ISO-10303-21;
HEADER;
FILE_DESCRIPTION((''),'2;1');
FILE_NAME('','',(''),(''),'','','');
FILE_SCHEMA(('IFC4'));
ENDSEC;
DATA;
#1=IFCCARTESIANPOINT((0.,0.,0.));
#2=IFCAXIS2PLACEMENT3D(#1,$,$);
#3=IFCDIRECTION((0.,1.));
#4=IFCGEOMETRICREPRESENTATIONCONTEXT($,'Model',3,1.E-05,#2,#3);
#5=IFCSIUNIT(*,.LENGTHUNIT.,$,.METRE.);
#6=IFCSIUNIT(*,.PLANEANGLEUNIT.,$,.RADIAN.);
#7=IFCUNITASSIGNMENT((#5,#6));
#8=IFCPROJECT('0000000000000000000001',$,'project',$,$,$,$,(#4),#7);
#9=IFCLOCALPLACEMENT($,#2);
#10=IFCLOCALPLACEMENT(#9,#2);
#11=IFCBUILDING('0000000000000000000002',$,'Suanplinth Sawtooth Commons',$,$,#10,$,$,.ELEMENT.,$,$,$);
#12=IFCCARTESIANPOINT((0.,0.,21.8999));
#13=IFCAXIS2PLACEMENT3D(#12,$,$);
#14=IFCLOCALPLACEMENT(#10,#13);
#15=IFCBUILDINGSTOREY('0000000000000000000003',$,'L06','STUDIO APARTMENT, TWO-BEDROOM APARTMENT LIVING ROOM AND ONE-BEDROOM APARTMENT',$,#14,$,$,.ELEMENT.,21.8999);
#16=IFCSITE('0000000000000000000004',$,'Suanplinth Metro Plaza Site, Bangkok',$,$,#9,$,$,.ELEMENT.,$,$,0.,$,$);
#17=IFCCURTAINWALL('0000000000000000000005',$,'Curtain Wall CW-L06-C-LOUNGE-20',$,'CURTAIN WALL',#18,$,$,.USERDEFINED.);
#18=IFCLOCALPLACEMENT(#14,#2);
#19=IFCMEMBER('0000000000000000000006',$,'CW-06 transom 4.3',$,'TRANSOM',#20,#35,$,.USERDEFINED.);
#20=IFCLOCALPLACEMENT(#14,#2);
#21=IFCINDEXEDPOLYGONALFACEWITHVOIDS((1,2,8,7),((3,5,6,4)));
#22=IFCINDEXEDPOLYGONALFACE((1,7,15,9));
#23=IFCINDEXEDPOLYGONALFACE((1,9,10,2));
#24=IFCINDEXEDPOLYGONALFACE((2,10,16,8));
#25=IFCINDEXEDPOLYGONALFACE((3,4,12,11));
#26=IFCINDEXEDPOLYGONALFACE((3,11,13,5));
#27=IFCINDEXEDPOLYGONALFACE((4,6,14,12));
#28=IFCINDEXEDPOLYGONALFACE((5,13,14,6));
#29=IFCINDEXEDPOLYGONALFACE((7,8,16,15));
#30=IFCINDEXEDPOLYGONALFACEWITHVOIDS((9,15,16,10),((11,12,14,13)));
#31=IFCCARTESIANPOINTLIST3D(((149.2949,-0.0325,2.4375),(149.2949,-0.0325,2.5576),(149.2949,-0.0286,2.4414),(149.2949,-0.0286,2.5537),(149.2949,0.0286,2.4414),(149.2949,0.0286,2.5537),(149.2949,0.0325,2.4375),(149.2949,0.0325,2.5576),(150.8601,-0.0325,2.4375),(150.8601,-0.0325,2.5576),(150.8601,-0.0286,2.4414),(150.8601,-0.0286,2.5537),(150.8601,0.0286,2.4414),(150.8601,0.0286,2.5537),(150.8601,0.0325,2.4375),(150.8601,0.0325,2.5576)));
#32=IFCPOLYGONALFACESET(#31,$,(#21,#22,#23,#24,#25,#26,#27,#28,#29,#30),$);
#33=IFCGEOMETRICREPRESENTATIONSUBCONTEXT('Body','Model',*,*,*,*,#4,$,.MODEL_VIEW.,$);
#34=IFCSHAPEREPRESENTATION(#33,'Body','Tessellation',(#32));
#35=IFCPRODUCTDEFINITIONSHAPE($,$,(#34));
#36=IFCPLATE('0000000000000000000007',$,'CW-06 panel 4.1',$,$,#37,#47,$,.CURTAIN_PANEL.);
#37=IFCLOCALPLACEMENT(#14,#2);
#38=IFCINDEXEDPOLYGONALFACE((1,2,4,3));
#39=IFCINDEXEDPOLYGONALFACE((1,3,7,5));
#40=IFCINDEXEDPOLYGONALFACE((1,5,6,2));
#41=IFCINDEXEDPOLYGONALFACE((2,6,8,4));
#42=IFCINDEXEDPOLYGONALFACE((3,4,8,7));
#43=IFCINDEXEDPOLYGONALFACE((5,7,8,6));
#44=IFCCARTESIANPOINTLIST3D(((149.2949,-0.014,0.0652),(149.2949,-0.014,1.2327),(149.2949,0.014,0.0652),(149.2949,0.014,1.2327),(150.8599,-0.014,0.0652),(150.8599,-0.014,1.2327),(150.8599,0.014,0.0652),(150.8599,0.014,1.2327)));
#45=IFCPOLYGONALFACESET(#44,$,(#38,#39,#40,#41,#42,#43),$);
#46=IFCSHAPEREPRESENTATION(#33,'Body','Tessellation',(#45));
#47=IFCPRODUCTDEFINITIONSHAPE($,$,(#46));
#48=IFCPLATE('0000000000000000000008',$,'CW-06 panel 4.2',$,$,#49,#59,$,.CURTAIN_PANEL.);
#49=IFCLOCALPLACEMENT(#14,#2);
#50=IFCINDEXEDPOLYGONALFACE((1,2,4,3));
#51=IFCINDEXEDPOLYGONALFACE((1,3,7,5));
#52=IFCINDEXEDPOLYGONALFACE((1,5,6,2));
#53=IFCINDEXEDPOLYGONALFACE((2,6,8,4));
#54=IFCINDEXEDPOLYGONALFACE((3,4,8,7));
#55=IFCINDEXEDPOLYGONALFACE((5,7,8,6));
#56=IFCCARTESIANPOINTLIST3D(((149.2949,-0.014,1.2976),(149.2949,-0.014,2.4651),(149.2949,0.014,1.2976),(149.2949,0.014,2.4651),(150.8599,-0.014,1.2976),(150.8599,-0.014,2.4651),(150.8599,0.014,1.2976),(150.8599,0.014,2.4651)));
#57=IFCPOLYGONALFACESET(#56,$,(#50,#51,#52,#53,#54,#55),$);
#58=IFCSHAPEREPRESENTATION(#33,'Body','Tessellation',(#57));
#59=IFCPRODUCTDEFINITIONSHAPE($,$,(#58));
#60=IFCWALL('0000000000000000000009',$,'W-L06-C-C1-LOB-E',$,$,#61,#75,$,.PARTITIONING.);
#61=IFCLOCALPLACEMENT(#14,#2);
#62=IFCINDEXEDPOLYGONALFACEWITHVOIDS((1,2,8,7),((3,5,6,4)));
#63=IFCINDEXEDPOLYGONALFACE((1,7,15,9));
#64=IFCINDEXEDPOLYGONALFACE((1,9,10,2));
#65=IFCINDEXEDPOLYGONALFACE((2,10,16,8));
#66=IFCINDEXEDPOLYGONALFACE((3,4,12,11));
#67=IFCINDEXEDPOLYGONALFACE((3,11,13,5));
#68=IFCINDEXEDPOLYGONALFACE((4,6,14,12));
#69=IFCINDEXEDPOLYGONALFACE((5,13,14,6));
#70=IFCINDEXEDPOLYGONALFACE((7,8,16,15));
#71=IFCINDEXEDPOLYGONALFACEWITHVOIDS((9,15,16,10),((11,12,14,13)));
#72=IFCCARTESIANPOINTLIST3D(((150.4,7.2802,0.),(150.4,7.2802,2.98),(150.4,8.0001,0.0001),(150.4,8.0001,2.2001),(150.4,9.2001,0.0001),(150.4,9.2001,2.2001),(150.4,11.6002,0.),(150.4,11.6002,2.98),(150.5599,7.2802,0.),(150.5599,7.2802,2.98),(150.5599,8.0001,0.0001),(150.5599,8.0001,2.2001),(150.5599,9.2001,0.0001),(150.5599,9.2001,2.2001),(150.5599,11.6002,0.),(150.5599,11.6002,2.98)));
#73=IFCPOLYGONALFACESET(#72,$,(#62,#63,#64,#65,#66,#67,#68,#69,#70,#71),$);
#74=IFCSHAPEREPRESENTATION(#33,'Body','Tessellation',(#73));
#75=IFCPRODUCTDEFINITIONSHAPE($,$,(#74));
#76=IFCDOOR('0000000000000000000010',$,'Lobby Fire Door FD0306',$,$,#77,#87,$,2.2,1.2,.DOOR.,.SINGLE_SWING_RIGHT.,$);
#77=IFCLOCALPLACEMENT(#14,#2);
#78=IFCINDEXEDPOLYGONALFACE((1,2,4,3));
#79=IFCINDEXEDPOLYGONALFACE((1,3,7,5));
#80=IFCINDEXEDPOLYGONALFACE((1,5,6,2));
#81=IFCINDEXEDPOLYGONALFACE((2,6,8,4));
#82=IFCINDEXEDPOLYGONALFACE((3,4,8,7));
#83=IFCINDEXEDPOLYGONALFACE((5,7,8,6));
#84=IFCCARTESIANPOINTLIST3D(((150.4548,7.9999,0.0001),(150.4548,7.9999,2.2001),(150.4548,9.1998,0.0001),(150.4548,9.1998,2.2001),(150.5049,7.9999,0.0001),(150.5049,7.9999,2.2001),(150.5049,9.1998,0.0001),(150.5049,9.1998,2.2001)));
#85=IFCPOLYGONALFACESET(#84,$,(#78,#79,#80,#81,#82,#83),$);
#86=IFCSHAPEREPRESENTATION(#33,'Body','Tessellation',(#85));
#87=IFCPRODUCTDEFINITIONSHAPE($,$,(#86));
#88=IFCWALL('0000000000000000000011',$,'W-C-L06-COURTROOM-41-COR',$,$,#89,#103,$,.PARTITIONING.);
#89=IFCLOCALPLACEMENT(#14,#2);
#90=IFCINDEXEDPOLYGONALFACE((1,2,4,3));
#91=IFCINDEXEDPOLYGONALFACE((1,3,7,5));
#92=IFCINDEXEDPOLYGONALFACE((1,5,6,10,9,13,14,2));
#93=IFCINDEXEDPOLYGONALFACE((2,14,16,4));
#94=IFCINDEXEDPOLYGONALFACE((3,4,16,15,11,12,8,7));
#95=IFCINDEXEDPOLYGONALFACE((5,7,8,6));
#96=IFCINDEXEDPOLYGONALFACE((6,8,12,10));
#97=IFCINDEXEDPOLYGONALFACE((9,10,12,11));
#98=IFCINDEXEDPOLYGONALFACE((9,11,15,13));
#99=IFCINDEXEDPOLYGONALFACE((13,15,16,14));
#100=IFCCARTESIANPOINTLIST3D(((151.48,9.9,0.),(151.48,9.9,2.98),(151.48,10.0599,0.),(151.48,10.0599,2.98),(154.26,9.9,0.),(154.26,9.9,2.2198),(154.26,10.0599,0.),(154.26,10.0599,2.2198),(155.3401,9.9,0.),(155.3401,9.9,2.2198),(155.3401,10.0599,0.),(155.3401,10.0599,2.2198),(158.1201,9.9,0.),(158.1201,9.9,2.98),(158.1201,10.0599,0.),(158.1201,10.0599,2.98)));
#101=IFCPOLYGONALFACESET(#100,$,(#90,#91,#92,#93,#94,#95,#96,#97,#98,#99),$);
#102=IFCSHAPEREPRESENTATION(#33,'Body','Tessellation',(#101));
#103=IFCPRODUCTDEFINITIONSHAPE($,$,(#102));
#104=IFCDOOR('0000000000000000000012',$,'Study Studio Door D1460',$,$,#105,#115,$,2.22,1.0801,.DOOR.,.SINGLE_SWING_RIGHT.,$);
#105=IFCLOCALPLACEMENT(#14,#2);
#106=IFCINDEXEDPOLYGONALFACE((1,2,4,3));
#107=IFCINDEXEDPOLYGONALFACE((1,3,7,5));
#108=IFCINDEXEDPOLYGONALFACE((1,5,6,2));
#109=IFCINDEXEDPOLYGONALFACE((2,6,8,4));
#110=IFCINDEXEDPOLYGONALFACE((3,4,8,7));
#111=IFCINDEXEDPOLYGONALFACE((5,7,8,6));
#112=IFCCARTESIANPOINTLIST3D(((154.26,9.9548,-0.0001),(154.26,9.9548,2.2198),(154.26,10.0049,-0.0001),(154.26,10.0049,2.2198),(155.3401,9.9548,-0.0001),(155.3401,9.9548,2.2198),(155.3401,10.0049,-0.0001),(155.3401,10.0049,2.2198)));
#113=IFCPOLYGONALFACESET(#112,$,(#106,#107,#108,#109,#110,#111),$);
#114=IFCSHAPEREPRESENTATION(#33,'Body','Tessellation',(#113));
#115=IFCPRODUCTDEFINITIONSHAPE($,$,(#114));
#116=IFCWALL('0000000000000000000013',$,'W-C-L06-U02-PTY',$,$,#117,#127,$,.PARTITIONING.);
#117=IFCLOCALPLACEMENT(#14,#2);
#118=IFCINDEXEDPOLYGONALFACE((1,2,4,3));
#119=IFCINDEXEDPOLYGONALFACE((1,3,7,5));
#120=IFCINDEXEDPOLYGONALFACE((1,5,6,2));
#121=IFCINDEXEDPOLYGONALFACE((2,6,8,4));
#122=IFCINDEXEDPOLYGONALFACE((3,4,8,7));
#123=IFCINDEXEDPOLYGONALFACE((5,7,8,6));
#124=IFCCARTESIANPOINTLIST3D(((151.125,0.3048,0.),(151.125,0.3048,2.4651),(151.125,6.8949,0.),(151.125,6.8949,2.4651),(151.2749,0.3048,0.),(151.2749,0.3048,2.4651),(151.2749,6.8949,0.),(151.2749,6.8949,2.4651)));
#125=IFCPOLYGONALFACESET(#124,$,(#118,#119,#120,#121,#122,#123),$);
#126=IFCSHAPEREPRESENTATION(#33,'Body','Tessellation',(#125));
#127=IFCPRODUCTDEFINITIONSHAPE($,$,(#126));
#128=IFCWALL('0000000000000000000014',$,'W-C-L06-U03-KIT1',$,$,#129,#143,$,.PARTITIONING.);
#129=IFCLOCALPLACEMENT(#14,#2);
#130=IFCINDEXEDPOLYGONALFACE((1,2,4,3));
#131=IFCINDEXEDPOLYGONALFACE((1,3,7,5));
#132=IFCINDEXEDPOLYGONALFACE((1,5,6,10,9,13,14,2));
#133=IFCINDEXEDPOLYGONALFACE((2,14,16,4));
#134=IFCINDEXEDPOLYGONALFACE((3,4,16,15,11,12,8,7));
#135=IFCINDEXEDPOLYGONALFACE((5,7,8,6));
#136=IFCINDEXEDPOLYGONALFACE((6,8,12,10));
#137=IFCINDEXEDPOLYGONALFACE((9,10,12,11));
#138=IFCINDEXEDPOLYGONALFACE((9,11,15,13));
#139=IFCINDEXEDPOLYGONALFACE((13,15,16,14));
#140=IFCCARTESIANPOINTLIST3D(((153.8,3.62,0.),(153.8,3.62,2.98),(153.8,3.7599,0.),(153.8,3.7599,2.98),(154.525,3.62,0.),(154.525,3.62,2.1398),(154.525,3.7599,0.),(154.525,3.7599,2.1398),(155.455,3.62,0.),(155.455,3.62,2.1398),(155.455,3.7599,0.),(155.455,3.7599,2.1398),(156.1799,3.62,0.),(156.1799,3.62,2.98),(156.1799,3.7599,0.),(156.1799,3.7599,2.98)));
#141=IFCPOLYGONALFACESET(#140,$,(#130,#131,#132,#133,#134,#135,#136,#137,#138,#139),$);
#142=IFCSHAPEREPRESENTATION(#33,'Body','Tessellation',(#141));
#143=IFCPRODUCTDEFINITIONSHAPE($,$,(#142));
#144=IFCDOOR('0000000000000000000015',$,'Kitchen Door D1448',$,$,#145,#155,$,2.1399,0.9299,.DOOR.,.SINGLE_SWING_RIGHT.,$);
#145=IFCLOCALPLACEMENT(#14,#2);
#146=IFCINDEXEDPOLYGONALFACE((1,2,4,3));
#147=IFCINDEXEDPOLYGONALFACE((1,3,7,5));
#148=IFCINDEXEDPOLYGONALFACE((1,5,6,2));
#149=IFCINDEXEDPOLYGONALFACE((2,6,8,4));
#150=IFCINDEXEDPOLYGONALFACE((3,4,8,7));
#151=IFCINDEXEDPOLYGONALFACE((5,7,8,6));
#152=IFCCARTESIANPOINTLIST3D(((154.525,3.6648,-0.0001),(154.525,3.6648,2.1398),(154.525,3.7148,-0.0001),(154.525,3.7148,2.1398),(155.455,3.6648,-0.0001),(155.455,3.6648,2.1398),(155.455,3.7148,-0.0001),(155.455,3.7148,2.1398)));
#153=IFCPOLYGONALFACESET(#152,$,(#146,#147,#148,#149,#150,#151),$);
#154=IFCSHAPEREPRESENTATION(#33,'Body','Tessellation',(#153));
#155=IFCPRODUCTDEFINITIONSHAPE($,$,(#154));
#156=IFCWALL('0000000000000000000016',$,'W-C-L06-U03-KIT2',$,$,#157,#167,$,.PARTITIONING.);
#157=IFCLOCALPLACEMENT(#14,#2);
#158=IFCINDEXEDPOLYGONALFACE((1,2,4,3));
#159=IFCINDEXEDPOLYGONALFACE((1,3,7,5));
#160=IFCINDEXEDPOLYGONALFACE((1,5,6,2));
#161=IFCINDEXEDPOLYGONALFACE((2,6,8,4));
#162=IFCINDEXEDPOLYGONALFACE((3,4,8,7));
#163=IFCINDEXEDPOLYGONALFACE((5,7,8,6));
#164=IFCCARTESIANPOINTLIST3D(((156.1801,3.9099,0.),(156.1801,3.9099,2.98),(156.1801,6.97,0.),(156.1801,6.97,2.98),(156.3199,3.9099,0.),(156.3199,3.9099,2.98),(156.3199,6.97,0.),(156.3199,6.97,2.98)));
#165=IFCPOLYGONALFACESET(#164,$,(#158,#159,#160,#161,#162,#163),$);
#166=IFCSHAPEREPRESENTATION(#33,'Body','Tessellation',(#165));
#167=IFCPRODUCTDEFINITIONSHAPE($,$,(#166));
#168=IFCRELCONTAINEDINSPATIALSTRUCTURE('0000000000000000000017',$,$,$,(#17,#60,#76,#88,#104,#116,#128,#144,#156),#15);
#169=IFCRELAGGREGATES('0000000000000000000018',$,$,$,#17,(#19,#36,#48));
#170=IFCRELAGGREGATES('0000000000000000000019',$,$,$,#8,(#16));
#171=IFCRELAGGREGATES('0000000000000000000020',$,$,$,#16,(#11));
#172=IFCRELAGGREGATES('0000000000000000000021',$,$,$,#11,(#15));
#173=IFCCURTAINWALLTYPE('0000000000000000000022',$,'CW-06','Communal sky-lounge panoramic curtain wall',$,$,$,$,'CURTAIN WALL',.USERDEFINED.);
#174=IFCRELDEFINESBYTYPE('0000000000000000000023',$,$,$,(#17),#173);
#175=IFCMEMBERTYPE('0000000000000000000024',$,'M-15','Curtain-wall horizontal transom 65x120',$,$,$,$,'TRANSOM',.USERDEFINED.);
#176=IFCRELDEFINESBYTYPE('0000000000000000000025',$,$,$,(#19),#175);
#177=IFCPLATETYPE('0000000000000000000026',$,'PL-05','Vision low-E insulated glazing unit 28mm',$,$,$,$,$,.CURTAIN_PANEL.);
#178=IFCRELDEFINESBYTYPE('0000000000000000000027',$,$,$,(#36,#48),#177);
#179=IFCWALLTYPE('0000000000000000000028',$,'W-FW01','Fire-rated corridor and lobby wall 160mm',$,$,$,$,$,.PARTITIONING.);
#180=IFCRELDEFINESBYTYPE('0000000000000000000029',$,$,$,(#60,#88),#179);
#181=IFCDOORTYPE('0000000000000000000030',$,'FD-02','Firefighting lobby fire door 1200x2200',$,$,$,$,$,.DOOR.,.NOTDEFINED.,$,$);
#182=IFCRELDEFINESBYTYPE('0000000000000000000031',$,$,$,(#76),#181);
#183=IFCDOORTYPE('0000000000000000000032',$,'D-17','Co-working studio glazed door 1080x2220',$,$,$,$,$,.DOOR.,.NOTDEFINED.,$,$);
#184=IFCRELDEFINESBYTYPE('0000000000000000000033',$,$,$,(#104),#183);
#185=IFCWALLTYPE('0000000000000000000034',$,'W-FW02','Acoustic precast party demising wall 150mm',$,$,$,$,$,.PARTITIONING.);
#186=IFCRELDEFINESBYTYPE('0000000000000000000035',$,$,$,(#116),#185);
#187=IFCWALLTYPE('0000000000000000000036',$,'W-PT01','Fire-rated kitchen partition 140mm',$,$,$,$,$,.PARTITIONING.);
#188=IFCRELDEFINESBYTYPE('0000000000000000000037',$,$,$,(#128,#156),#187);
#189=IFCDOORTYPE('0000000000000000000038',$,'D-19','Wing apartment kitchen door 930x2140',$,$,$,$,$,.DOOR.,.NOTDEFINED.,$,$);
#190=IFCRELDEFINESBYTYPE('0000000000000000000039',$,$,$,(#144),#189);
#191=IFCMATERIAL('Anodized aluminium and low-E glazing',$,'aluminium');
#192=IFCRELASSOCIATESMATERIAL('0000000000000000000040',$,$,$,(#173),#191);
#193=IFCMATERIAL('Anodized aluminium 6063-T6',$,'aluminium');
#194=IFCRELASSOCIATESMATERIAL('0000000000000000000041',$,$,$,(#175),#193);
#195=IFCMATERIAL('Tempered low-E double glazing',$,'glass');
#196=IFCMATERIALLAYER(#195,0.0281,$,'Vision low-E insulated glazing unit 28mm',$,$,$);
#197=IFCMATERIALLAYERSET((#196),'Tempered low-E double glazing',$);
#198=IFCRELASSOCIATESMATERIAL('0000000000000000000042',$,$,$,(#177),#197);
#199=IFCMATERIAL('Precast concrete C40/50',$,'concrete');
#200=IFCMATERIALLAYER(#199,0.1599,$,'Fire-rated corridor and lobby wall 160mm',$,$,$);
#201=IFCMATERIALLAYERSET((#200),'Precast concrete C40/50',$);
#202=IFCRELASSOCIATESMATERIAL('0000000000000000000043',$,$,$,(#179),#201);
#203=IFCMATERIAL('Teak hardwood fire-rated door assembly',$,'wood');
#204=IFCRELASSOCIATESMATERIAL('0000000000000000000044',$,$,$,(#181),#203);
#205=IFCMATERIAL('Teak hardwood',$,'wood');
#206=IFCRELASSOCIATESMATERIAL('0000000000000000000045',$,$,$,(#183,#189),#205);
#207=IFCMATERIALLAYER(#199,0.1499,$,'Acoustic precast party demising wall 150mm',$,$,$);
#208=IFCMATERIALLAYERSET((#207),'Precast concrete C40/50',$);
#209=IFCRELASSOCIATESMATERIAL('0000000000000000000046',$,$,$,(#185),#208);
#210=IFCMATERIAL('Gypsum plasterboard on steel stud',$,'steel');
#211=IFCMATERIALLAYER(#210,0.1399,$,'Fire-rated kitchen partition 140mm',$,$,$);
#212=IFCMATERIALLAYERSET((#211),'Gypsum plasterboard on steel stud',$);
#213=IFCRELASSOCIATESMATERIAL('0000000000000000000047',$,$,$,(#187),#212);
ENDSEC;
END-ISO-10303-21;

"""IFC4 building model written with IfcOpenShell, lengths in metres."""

from ifc_helpers import new_model, si_unit, direction, frame, frame_2d, origin, origin_2d, place, context, subcontext, project, spatial, rectangle, hollow_rectangle, extrude, material, layer, layer_set, material_profile, profile_set, type_object, element, fill, aggregate, save


model = new_model("IFC4")

# Units and contexts
model_context = context("Model", 3, precision=1e-05, world=origin(), true_north=direction((0.0, 1.0)))
body_context = subcontext(model_context, "Body", "Model", "MODEL_VIEW")
ifc_project = project(units=[si_unit("LENGTHUNIT", "METRE"), si_unit("PLANEANGLEUNIT", "RADIAN")], contexts=[model_context])

# Site, building, storey
site_placement = place(None, origin())
site = spatial("IfcSite", under=ifc_project, at=site_placement, Name="Suanplinth Metro Plaza Site, Bangkok", CompositionType="ELEMENT", RefElevation=0.0)
building_placement = place(site_placement, origin())
building = spatial("IfcBuilding", under=site, at=building_placement, Name="Suanplinth Sawtooth Commons", CompositionType="ELEMENT")
storey_placement = place(building_placement, frame((0.0, 0.0, 21.8999)))
storey = spatial("IfcBuildingStorey", under=building, at=storey_placement, Name="L06", Description="STUDIO APARTMENT, TWO-BEDROOM APARTMENT LIVING ROOM AND ONE-BEDROOM APARTMENT", CompositionType="ELEMENT", Elevation=21.8999)

# Shared definitions
ifc_material_1 = material(Name="Precast concrete C40/50", Category="concrete")

# Curtain wall, member, plates
ifc_material_2 = material(Name="Anodized aluminium and low-E glazing", Category="aluminium")
curtain_wall_type = type_object("IfcCurtainWallType", Name="CW-06", Description="Communal sky-lounge panoramic curtain wall", ElementType="CURTAIN WALL", PredefinedType="USERDEFINED", material=ifc_material_2)
curtain_wall_placement = place(storey_placement, origin())
curtain_wall = element("IfcCurtainWall", 1, at=curtain_wall_placement, inside=storey, type_object=curtain_wall_type, Name="Curtain Wall CW-L06-C-LOUNGE-20", ObjectType="CURTAIN WALL", PredefinedType="USERDEFINED")
ifc_material_3 = material(Name="Anodized aluminium 6063-T6", Category="aluminium")
ifc_material_profile_1 = material_profile(ifc_material_3, hollow_rectangle(XDim=0.0649, YDim=0.1201, WallThickness=0.0039, at=origin_2d()), Name="ALU-TRN 65x120")
ifc_profile_set_1 = profile_set([ifc_material_profile_1], Name="Anodized aluminium 6063-T6")
member_type_1 = type_object("IfcMemberType", Name="M-15", Description="Curtain-wall horizontal transom 65x120", ElementType="TRANSOM", PredefinedType="USERDEFINED", material=ifc_profile_set_1)
member_1_placement = place(storey_placement, frame((149.2949, 0.0, 2.4976), z_axis=(1.0, 0.0, 0.0), x_axis=(0.0, 1.0, 0.0)))
member_1 = element("IfcMember", 2, at=member_1_placement, type_object=member_type_1, Name="CW-06 transom 4.3", ObjectType="TRANSOM", PredefinedType="USERDEFINED", context=body_context, shape_type="SweptSolid", body=[
    extrude(hollow_rectangle(XDim=0.0649, YDim=0.1201, WallThickness=0.0039, at=origin_2d()), origin(), (0.0, 0.0, 1.0), 1.5652),
])
ifc_material_4 = material(Name="Tempered low-E double glazing", Category="glass")
ifc_layer_1 = layer(ifc_material_4, 0.0281, Name="Vision low-E insulated glazing unit 28mm")
ifc_layer_set_1 = layer_set([ifc_layer_1], Name="Tempered low-E double glazing")
plate_type = type_object("IfcPlateType", Name="PL-05", Description="Vision low-E insulated glazing unit 28mm", PredefinedType="CURTAIN_PANEL", material=ifc_layer_set_1)
plate_1_placement = place(storey_placement, frame((150.0774, 0.0, 0.0652), z_axis=(0.0, 0.0, 1.0), x_axis=(1.0, 0.0, 0.0)))
plate_1 = element("IfcPlate", 3, at=plate_1_placement, type_object=plate_type, Name="CW-06 panel 4.1", PredefinedType="CURTAIN_PANEL", context=body_context, shape_type="SweptSolid", body=[
    extrude(rectangle(XDim=1.5649, YDim=0.0281, at=origin_2d()), origin(), (0.0, 0.0, 1.0), 1.1675),
])
plate_2_placement = place(storey_placement, frame((150.0774, 0.0, 1.2976), z_axis=(0.0, 0.0, 1.0), x_axis=(1.0, 0.0, 0.0)))
plate_2 = element("IfcPlate", 4, at=plate_2_placement, type_object=plate_type, Name="CW-06 panel 4.2", PredefinedType="CURTAIN_PANEL", context=body_context, shape_type="SweptSolid", body=[
    extrude(rectangle(XDim=1.5649, YDim=0.0281, at=origin_2d()), origin(), (0.0, 0.0, 1.0), 1.1675),
])
aggregate(curtain_wall, [member_1, plate_1, plate_2])

# Walls, openings, doors
ifc_layer_2 = layer(ifc_material_1, 0.1599, Name="Fire-rated corridor and lobby wall 160mm")
ifc_layer_set_2 = layer_set([ifc_layer_2], Name="Precast concrete C40/50")
wall_type_1 = type_object("IfcWallType", Name="W-FW01", Description="Fire-rated corridor and lobby wall 160mm", PredefinedType="PARTITIONING", material=ifc_layer_set_2)
wall_1_placement = place(storey_placement, frame((150.48, 7.28, 0.0), z_axis=(0.0, 0.0, 1.0), x_axis=(0.0, 1.0, 0.0)))
wall_1 = element("IfcWall", 5, at=wall_1_placement, inside=storey, type_object=wall_type_1, Name="W-L06-C-C1-LOB-E", PredefinedType="PARTITIONING", context=body_context, shape_type="SweptSolid", body=[
    extrude(rectangle(XDim=4.3201, YDim=0.1599, at=frame_2d((2.1602, 0.0))), origin(), (0.0, 0.0, 1.0), 2.98),
])
opening_1_placement = place(wall_1_placement, frame((0.72, 0.0, 0.0)))
opening_1 = element("IfcOpeningElement", 6, at=opening_1_placement, cuts=wall_1, PredefinedType="OPENING", context=body_context, shape_type="SweptSolid", body=[
    extrude(rectangle(XDim=1.2, YDim=2.2, at=frame_2d((0.6001, 1.1001))), frame((0.0, 0.0947, 0.0), z_axis=(0.0, -1.0, 0.0), x_axis=(1.0, 0.0, 0.0)), (0.0, 0.0, 1.0), 0.1897),
])
ifc_material_5 = material(Name="Teak hardwood fire-rated door assembly", Category="wood")
door_type_1 = type_object("IfcDoorType", Name="FD-02", Description="Firefighting lobby fire door 1200x2200", OperationType="NOTDEFINED", PredefinedType="DOOR", material=ifc_material_5)
door_1_placement = place(opening_1_placement, frame((1.2, 0.0, 0.0), z_axis=(0.0, 0.0, 1.0), x_axis=(-1.0, 0.0, 0.0)))
door_1 = element("IfcDoor", 7, at=door_1_placement, inside=storey, type_object=door_type_1, Name="Lobby Fire Door FD0306", OperationType="SINGLE_SWING_RIGHT", OverallHeight=2.2, OverallWidth=1.2, PredefinedType="DOOR", context=body_context, shape_type="SweptSolid", body=[
    extrude(rectangle(XDim=1.2, YDim=2.2, at=frame_2d((0.6001, 1.1001))), frame((0.0, 0.0249, 0.0), z_axis=(0.0, -1.0, 0.0), x_axis=(1.0, 0.0, 0.0)), (0.0, 0.0, 1.0), 0.05),
])
fill(opening_1, door_1)
wall_2_placement = place(storey_placement, frame((151.48, 9.98, 0.0), z_axis=(0.0, 0.0, 1.0), x_axis=(1.0, 0.0, 0.0)))
wall_2 = element("IfcWall", 8, at=wall_2_placement, inside=storey, type_object=wall_type_1, Name="W-C-L06-COURTROOM-41-COR", PredefinedType="PARTITIONING", context=body_context, shape_type="SweptSolid", body=[
    extrude(rectangle(XDim=6.6401, YDim=0.1599, at=frame_2d((3.3201, 0.0))), origin(), (0.0, 0.0, 1.0), 2.98),
])
opening_2_placement = place(wall_2_placement, frame((2.78, 0.0, 0.0)))
opening_2 = element("IfcOpeningElement", 9, at=opening_2_placement, cuts=wall_2, PredefinedType="OPENING", context=body_context, shape_type="SweptSolid", body=[
    extrude(rectangle(XDim=1.0801, YDim=2.22, at=frame_2d((0.54, 1.1099))), frame((0.0, 0.0947, 0.0), z_axis=(0.0, -1.0, 0.0), x_axis=(1.0, 0.0, 0.0)), (0.0, 0.0, 1.0), 0.1897),
])
ifc_material_6 = material(Name="Teak hardwood", Category="wood")
door_type_2 = type_object("IfcDoorType", Name="D-17", Description="Co-working studio glazed door 1080x2220", OperationType="NOTDEFINED", PredefinedType="DOOR", material=ifc_material_6)
door_2_placement = place(opening_2_placement, origin())
door_2 = element("IfcDoor", 10, at=door_2_placement, inside=storey, type_object=door_type_2, Name="Study Studio Door D1460", OperationType="SINGLE_SWING_RIGHT", OverallHeight=2.22, OverallWidth=1.0801, PredefinedType="DOOR", context=body_context, shape_type="SweptSolid", body=[
    extrude(rectangle(XDim=1.0801, YDim=2.22, at=frame_2d((0.54, 1.1099))), frame((0.0, 0.0249, 0.0), z_axis=(0.0, -1.0, 0.0), x_axis=(1.0, 0.0, 0.0)), (0.0, 0.0, 1.0), 0.05),
])
fill(opening_2, door_2)

# Wall
ifc_layer_3 = layer(ifc_material_1, 0.1499, Name="Acoustic precast party demising wall 150mm")
ifc_layer_set_3 = layer_set([ifc_layer_3], Name="Precast concrete C40/50")
wall_type_2 = type_object("IfcWallType", Name="W-FW02", Description="Acoustic precast party demising wall 150mm", PredefinedType="PARTITIONING", material=ifc_layer_set_3)
wall_3_placement = place(storey_placement, frame((151.2, 0.3049, 0.0), z_axis=(0.0, 0.0, 1.0), x_axis=(0.0, 1.0, 0.0)))
element("IfcWall", 11, at=wall_3_placement, inside=storey, type_object=wall_type_2, Name="W-C-L06-U02-PTY", PredefinedType="PARTITIONING", context=body_context, shape_type="SweptSolid", body=[
    extrude(rectangle(XDim=6.5901, YDim=0.1499, at=frame_2d((3.2949, 0.0))), origin(), (0.0, 0.0, 1.0), 2.4651),
])

# Wall, opening, door
ifc_material_7 = material(Name="Gypsum plasterboard on steel stud", Category="steel")
ifc_layer_4 = layer(ifc_material_7, 0.1399, Name="Fire-rated kitchen partition 140mm")
ifc_layer_set_4 = layer_set([ifc_layer_4], Name="Gypsum plasterboard on steel stud")
wall_type_3 = type_object("IfcWallType", Name="W-PT01", Description="Fire-rated kitchen partition 140mm", PredefinedType="PARTITIONING", material=ifc_layer_set_4)
wall_4_placement = place(storey_placement, frame((153.8, 3.6899, 0.0), z_axis=(0.0, 0.0, 1.0), x_axis=(1.0, 0.0, 0.0)))
wall_4 = element("IfcWall", 12, at=wall_4_placement, inside=storey, type_object=wall_type_3, Name="W-C-L06-U03-KIT1", PredefinedType="PARTITIONING", context=body_context, shape_type="SweptSolid", body=[
    extrude(rectangle(XDim=2.3799, YDim=0.1399, at=frame_2d((1.1899, 0.0))), origin(), (0.0, 0.0, 1.0), 2.98),
])
opening_3_placement = place(wall_4_placement, frame((0.7251, 0.0, 0.0)))
opening_3 = element("IfcOpeningElement", 13, at=opening_3_placement, cuts=wall_4, PredefinedType="OPENING", context=body_context, shape_type="SweptSolid", body=[
    extrude(rectangle(XDim=0.9299, YDim=2.1399, at=frame_2d((0.4648, 1.0698))), frame((0.0, 0.085, 0.0), z_axis=(0.0, -1.0, 0.0), x_axis=(1.0, 0.0, 0.0)), (0.0, 0.0, 1.0), 0.1697),
])
door_type_3 = type_object("IfcDoorType", Name="D-19", Description="Wing apartment kitchen door 930x2140", OperationType="NOTDEFINED", PredefinedType="DOOR", material=ifc_material_6)
door_3_placement = place(opening_3_placement, origin())
door_3 = element("IfcDoor", 14, at=door_3_placement, inside=storey, type_object=door_type_3, Name="Kitchen Door D1448", OperationType="SINGLE_SWING_RIGHT", OverallHeight=2.1399, OverallWidth=0.9299, PredefinedType="DOOR", context=body_context, shape_type="SweptSolid", body=[
    extrude(rectangle(XDim=0.9299, YDim=2.1399, at=frame_2d((0.4648, 1.0698))), frame((0.0, 0.0249, 0.0), z_axis=(0.0, -1.0, 0.0), x_axis=(1.0, 0.0, 0.0)), (0.0, 0.0, 1.0), 0.05),
])
fill(opening_3, door_3)

# Wall
wall_5_placement = place(storey_placement, frame((156.25, 3.9099, 0.0), z_axis=(0.0, 0.0, 1.0), x_axis=(0.0, 1.0, 0.0)))
element("IfcWall", 15, at=wall_5_placement, inside=storey, type_object=wall_type_3, Name="W-C-L06-U03-KIT2", PredefinedType="PARTITIONING", context=body_context, shape_type="SweptSolid", body=[
    extrude(rectangle(XDim=3.0601, YDim=0.1399, at=frame_2d((1.53, 0.0))), origin(), (0.0, 0.0, 1.0), 2.98),
])

save(model, "model.ifc")
